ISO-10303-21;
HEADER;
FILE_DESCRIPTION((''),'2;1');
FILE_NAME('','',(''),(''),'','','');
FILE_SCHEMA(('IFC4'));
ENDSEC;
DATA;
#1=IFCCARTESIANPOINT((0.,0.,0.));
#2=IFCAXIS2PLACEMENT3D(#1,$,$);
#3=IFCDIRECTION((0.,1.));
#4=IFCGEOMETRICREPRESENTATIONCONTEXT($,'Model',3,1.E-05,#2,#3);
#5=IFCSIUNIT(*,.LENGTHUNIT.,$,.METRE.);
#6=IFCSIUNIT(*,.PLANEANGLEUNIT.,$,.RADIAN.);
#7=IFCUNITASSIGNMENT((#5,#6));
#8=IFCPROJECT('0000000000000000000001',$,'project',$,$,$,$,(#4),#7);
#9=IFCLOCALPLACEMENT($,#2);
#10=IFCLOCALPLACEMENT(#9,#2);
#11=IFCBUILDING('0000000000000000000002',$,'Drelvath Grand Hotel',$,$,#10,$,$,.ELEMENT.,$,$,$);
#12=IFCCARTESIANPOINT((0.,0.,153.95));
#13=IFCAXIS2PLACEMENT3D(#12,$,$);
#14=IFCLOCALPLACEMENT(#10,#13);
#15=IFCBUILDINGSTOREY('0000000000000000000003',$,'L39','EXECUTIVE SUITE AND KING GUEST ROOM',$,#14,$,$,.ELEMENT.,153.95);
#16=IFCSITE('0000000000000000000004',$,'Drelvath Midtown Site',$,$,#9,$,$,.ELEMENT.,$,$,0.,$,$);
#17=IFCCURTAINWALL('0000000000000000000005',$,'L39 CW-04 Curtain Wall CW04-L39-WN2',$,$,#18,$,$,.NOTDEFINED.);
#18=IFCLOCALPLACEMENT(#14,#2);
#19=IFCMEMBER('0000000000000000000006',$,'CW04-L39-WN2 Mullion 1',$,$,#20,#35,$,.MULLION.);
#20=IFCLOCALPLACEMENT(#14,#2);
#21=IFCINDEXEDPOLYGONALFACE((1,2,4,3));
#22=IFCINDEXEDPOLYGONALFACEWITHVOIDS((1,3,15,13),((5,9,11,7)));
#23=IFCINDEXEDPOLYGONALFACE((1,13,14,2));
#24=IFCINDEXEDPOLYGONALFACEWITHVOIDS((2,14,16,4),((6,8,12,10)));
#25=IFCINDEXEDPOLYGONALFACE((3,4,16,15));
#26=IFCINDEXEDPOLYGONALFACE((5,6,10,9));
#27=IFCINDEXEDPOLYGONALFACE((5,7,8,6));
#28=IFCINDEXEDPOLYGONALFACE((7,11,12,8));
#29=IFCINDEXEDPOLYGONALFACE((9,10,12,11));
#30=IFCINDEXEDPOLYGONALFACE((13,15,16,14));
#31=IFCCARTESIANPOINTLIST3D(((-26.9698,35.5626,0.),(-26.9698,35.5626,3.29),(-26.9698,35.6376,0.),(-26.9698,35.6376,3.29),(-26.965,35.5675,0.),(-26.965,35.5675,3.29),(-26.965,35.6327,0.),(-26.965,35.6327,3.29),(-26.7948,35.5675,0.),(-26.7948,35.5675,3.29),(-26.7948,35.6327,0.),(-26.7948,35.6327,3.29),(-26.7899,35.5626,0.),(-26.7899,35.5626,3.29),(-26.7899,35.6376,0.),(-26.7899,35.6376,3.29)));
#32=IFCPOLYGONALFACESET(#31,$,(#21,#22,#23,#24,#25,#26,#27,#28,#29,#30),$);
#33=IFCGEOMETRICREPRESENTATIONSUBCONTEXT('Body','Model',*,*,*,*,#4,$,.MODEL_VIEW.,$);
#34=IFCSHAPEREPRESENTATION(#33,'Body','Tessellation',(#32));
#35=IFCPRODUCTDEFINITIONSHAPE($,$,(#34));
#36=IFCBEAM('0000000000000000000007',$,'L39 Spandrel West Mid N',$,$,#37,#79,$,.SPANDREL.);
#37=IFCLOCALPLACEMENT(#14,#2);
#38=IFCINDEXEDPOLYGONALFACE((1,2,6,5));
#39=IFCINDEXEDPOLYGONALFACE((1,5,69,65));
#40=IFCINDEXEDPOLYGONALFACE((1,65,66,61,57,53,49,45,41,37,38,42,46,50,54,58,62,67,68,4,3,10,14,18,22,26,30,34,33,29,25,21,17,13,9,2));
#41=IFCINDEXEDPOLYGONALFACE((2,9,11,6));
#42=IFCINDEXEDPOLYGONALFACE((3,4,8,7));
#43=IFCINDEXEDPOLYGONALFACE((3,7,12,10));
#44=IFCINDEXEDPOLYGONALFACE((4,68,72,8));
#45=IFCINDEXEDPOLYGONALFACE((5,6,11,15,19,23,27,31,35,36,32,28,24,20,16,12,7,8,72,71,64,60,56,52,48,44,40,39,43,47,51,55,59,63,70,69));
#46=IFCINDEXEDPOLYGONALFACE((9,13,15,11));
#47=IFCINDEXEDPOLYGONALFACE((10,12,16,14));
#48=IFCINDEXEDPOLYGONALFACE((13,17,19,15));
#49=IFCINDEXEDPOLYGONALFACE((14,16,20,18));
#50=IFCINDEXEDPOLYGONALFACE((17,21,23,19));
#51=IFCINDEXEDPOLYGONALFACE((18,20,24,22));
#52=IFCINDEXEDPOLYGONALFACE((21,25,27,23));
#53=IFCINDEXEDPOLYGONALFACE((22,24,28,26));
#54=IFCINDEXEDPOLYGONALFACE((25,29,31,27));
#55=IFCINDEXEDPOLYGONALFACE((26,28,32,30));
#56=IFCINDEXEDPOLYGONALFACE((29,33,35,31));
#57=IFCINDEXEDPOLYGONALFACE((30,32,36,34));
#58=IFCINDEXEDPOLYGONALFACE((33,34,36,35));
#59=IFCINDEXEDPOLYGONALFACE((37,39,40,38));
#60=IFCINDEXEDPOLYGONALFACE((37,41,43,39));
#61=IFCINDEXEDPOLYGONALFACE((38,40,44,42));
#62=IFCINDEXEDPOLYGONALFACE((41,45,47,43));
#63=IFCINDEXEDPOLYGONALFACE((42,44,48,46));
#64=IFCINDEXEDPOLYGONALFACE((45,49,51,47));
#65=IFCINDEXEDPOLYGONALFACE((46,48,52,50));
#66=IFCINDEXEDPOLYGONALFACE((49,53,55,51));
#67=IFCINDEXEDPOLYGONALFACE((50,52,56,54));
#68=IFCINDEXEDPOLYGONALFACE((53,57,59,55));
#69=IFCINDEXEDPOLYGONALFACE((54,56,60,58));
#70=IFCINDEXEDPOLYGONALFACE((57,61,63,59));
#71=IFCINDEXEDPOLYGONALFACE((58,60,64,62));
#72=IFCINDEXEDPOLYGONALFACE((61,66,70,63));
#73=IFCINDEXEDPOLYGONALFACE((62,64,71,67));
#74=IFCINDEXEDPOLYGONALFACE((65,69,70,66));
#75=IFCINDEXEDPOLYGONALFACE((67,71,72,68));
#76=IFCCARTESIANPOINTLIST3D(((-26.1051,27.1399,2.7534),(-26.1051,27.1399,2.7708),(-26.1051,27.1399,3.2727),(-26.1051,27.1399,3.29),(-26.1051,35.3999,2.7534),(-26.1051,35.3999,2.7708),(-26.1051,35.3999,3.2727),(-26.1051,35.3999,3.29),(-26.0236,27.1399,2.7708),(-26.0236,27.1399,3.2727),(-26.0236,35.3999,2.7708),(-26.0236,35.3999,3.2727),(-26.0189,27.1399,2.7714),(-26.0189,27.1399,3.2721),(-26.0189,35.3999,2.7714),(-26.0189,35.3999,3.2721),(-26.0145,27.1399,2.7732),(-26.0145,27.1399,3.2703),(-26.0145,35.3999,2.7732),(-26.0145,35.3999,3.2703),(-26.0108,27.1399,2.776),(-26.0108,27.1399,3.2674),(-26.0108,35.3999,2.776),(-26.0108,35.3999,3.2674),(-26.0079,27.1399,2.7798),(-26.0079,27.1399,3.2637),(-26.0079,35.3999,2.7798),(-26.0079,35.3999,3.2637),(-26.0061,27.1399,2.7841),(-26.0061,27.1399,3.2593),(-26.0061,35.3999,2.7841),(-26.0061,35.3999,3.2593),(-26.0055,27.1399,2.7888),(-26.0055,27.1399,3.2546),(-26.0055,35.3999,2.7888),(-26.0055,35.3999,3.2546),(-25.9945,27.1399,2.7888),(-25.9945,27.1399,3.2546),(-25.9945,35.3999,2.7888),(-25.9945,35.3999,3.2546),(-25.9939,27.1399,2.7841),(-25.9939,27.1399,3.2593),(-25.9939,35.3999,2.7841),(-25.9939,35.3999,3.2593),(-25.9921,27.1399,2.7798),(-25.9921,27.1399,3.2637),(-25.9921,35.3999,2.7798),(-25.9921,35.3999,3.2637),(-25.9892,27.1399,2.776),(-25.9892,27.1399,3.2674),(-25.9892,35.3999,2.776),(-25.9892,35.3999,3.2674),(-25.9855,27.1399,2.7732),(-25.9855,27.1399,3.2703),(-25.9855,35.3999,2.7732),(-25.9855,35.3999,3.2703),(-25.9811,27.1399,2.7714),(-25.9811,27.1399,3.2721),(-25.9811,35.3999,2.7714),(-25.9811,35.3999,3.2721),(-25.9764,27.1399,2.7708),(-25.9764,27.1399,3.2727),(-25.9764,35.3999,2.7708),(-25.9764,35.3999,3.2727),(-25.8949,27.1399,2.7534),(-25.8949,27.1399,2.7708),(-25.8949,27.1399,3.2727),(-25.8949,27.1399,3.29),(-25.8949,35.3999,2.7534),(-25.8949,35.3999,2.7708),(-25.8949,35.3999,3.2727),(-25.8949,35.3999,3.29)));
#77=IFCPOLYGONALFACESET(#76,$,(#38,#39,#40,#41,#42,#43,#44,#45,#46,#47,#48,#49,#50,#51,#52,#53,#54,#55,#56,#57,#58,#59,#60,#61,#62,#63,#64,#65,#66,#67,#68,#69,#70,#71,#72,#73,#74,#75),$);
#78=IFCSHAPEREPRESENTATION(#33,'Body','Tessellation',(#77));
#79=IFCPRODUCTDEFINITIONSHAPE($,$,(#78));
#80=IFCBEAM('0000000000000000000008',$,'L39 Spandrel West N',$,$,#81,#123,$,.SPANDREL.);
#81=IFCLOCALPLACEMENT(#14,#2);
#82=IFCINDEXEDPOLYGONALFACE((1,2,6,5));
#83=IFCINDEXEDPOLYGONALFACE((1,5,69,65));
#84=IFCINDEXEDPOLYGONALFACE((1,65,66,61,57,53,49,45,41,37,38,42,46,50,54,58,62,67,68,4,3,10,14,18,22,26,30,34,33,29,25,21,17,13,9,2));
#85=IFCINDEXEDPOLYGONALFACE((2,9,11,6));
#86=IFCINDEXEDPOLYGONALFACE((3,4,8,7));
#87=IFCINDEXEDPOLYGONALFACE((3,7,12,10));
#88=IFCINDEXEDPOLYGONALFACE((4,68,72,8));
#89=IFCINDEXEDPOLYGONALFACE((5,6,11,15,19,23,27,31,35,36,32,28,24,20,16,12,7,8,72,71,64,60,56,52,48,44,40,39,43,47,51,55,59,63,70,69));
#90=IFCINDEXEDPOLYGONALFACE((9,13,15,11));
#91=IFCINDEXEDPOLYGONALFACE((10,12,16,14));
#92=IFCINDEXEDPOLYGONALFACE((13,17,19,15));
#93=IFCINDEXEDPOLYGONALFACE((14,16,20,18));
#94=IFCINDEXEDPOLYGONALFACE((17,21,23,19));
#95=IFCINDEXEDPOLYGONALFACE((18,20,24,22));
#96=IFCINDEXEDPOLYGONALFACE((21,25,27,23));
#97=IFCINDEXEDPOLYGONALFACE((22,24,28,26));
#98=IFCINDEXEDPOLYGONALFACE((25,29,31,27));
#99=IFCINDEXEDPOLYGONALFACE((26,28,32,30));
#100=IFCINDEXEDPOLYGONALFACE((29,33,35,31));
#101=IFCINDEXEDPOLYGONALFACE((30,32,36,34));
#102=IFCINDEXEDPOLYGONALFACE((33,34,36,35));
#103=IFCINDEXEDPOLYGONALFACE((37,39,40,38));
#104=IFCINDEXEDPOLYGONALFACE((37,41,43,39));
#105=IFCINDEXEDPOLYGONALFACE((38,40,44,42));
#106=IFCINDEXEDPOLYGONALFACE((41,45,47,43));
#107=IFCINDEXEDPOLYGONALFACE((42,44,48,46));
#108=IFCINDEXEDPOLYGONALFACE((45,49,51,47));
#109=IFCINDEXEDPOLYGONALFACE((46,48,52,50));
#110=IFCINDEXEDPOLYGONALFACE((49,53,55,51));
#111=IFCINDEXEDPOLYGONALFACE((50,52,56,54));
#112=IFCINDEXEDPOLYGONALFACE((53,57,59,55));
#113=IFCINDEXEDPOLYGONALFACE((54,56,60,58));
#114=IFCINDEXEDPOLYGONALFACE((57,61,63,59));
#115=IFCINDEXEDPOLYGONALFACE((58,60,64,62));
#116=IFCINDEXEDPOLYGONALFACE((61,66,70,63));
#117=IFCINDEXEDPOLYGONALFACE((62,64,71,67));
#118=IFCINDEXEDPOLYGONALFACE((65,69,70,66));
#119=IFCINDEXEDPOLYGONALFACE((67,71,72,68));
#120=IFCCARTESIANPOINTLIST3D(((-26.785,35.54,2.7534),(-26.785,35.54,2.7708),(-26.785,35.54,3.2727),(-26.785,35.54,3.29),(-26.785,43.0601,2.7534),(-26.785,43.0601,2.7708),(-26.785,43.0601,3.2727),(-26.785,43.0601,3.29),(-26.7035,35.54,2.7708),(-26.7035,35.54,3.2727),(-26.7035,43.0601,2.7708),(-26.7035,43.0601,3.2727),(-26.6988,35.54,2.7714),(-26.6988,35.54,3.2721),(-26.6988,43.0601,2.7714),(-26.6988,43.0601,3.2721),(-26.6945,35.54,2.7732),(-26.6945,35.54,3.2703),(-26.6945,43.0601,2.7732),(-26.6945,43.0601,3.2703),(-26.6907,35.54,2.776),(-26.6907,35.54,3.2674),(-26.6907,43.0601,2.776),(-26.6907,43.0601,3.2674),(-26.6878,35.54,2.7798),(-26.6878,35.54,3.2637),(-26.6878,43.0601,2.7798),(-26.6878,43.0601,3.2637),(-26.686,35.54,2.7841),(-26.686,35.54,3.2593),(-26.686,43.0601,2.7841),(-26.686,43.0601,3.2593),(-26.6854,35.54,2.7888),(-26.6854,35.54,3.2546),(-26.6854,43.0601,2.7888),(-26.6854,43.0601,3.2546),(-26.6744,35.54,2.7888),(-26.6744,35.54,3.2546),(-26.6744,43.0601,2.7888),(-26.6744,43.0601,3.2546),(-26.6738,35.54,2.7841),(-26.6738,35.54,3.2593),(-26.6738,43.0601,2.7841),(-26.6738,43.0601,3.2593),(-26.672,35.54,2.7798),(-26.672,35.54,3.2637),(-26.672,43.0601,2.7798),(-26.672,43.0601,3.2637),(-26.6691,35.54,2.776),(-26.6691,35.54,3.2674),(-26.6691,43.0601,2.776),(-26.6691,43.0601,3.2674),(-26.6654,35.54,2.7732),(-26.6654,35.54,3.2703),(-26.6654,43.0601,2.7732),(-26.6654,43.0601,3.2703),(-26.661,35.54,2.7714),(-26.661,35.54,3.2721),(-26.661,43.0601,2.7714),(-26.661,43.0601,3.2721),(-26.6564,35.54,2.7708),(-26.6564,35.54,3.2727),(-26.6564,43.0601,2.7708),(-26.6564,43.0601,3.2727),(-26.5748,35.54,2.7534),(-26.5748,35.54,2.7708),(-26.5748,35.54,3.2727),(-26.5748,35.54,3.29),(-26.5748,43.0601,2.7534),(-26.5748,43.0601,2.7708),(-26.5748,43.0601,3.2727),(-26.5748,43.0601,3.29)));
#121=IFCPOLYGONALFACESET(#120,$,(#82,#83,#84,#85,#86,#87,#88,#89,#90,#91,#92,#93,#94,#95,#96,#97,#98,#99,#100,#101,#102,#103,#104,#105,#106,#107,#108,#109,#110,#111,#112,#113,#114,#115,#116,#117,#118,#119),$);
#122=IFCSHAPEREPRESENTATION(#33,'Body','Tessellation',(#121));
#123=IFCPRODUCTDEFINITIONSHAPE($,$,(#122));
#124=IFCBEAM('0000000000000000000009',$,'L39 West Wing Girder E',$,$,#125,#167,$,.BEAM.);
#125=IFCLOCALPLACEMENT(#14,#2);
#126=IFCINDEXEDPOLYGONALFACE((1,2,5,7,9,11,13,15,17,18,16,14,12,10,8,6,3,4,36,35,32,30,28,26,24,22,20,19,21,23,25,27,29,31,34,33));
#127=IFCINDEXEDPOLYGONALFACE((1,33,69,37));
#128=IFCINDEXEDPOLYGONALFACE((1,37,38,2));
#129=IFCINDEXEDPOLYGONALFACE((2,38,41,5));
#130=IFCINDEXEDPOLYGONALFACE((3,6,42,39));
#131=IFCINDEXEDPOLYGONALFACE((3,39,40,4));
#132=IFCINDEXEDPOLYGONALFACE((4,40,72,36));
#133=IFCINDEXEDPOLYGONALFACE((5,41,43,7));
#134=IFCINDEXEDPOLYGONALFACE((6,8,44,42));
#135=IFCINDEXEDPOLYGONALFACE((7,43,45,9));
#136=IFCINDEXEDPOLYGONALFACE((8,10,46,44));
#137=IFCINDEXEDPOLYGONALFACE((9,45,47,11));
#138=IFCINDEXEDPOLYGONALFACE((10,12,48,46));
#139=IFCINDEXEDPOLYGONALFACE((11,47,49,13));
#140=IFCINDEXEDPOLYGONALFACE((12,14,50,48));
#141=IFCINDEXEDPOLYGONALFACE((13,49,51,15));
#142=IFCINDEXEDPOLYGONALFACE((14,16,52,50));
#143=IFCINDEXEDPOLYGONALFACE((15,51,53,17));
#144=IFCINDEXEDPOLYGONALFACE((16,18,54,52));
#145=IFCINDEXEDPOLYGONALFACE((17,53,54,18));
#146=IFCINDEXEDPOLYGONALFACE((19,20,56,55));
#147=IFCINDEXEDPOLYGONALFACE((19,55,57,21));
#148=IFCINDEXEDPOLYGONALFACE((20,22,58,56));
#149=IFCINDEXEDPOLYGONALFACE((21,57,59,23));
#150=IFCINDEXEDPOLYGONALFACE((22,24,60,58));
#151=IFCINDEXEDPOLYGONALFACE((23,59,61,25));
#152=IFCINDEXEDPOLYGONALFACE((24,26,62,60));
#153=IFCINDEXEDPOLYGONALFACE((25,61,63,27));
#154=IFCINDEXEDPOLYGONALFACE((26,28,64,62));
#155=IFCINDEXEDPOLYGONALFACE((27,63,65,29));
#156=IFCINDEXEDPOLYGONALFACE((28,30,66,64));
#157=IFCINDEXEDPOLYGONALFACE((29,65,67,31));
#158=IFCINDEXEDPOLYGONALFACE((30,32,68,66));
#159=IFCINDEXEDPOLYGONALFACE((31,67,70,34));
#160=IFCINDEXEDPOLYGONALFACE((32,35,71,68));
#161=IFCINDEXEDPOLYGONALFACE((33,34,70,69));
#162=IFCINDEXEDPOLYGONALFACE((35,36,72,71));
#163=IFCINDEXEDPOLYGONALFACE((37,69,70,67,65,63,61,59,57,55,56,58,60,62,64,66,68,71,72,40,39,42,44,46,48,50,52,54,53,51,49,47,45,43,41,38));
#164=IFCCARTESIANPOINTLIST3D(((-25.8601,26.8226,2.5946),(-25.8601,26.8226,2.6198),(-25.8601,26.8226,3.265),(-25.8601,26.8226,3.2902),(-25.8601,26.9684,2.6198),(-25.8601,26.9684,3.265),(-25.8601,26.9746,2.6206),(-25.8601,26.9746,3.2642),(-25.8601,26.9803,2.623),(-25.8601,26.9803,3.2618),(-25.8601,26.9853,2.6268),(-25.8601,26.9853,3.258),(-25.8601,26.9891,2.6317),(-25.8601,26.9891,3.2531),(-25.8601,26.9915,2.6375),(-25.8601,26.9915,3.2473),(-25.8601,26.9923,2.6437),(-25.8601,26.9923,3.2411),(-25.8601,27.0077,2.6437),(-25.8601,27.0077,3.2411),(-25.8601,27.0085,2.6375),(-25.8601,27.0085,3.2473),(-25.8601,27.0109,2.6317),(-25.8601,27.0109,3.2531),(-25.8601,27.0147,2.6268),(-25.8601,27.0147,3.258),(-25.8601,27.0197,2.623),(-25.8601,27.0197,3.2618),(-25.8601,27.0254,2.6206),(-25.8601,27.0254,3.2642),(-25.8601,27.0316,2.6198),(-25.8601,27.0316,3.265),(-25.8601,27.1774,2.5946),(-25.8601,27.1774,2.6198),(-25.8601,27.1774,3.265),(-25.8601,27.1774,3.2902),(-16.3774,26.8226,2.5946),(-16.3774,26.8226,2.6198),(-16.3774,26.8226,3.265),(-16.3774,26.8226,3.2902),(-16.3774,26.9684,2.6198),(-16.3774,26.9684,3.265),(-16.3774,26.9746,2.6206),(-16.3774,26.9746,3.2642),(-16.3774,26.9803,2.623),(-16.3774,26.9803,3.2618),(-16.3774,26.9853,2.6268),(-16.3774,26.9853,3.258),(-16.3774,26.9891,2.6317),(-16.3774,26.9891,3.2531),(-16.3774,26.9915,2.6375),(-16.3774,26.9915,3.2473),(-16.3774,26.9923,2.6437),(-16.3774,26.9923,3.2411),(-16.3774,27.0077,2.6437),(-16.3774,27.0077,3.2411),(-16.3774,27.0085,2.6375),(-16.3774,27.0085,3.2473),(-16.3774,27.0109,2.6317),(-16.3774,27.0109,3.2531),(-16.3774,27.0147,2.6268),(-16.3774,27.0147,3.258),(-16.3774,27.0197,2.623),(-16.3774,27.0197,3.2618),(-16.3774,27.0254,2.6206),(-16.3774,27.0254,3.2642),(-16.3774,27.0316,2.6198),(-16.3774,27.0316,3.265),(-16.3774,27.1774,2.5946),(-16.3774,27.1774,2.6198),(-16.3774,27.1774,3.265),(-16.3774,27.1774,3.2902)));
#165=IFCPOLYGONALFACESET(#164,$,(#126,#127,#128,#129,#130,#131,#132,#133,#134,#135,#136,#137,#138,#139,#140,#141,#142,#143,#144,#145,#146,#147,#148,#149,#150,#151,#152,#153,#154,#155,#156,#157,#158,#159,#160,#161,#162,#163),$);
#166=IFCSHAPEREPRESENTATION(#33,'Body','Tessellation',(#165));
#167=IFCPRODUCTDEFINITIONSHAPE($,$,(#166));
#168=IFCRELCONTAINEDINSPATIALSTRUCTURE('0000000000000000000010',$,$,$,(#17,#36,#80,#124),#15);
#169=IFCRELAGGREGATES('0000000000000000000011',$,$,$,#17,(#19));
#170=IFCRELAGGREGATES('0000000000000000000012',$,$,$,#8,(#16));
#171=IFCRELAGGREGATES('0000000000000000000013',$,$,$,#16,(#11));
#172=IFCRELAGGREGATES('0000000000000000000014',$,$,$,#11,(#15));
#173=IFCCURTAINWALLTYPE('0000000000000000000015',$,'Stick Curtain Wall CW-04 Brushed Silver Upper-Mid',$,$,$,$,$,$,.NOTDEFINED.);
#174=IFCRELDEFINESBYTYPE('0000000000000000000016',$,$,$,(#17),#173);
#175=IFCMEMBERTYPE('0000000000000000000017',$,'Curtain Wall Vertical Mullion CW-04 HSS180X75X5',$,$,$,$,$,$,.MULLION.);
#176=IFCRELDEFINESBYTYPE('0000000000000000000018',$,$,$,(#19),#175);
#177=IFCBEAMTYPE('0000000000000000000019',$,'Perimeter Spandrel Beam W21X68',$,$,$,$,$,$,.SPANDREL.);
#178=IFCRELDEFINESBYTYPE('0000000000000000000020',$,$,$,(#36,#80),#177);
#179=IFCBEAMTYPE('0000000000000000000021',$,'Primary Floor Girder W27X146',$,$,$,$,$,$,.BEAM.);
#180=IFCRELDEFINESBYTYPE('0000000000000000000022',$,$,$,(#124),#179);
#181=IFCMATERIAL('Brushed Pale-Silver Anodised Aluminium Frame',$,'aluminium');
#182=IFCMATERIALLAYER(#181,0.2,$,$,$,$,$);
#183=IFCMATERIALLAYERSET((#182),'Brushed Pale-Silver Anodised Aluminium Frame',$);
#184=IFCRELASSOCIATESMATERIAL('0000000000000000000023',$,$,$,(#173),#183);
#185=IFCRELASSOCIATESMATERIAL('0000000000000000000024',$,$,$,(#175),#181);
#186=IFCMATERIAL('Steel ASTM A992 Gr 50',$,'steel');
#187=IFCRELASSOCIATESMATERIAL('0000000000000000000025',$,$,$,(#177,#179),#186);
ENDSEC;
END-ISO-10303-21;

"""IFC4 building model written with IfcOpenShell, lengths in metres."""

from ifc_helpers import new_model, si_unit, direction, frame, origin, origin_2d, place, context, subcontext, project, spatial, hollow_rectangle, i_section, extrude, material, layer, layer_set, material_profile, profile_set, type_object, element, aggregate, save


model = new_model("IFC4")

# Units and contexts
model_context = context("Model", 3, precision=1e-05, world=origin(), true_north=direction((0.0, 1.0)))
body_context = subcontext(model_context, "Body", "Model", "MODEL_VIEW")
ifc_project = project(units=[si_unit("LENGTHUNIT", "METRE"), si_unit("PLANEANGLEUNIT", "RADIAN")], contexts=[model_context])

# Site, building, storey
site_placement = place(None, origin())
site = spatial("IfcSite", under=ifc_project, at=site_placement, Name="Drelvath Midtown Site", CompositionType="ELEMENT", RefElevation=0.0)
building_placement = place(site_placement, origin())
building = spatial("IfcBuilding", under=site, at=building_placement, Name="Drelvath Grand Hotel", CompositionType="ELEMENT")
storey_placement = place(building_placement, frame((0.0, 0.0, 153.95)))
storey = spatial("IfcBuildingStorey", under=building, at=storey_placement, Name="L39", Description="EXECUTIVE SUITE AND KING GUEST ROOM", CompositionType="ELEMENT", Elevation=153.95)

# Curtain wall
ifc_material_1 = material(Name="Brushed Pale-Silver Anodised Aluminium Frame", Category="aluminium")
ifc_layer_1 = layer(ifc_material_1, 0.2)
ifc_layer_set_1 = layer_set([ifc_layer_1], Name="Brushed Pale-Silver Anodised Aluminium Frame")
curtain_wall_type = type_object("IfcCurtainWallType", Name="Stick Curtain Wall CW-04 Brushed Silver Upper-Mid", PredefinedType="NOTDEFINED", material=ifc_layer_set_1)
curtain_wall_1_placement = place(storey_placement, origin())
curtain_wall_1 = element("IfcCurtainWall", 1, at=curtain_wall_1_placement, inside=storey, type_object=curtain_wall_type, Name="L39 CW-04 Curtain Wall CW04-L39-WN2", PredefinedType="NOTDEFINED")

# Member
ifc_material_profile_1 = material_profile(ifc_material_1, hollow_rectangle(XDim=0.075, YDim=0.1799, WallThickness=0.0049, at=origin_2d()), Name="HSS180X75X5")
ifc_profile_set_1 = profile_set([ifc_material_profile_1], Name="Brushed Pale-Silver Anodised Aluminium Frame")
member_type_1 = type_object("IfcMemberType", Name="Curtain Wall Vertical Mullion CW-04 HSS180X75X5", PredefinedType="MULLION", material=ifc_profile_set_1)
member_1_placement = place(storey_placement, frame((-26.8799, 35.6001, 0.0), z_axis=(0.0, 0.0, 1.0), x_axis=(0.0, 1.0, 0.0)))
member_1 = element("IfcMember", 2, at=member_1_placement, type_object=member_type_1, Name="CW04-L39-WN2 Mullion 1", PredefinedType="MULLION", context=body_context, shape_type="SweptSolid", body=[
    extrude(hollow_rectangle(XDim=0.075, YDim=0.1799, WallThickness=0.0049, at=origin_2d()), origin(), (0.0, 0.0, 1.0), 3.29),
])
aggregate(curtain_wall_1, [member_1])

# Beams
ifc_material_2 = material(Name="Steel ASTM A992 Gr 50", Category="steel")
ifc_material_profile_2 = material_profile(ifc_material_2, i_section(OverallWidth=0.2102, OverallDepth=0.5366, WebThickness=0.011, FlangeThickness=0.0173, FilletRadius=0.0181, at=origin_2d()), Name="W21X68")
ifc_profile_set_2 = profile_set([ifc_material_profile_2], Name="Steel ASTM A992 Gr 50")
beam_type_1 = type_object("IfcBeamType", Name="Perimeter Spandrel Beam W21X68", PredefinedType="SPANDREL", material=ifc_profile_set_2)
beam_1_placement = place(storey_placement, frame((-26.0, 27.1399, 3.0217), z_axis=(0.0, 1.0, 0.0), x_axis=(-1.0, 0.0, 0.0)))
element("IfcBeam", 3, at=beam_1_placement, inside=storey, type_object=beam_type_1, Name="L39 Spandrel West Mid N", PredefinedType="SPANDREL", context=body_context, shape_type="SweptSolid", body=[
    extrude(i_section(OverallWidth=0.2102, OverallDepth=0.5366, WebThickness=0.011, FlangeThickness=0.0173, FilletRadius=0.0181, at=origin_2d()), origin(), (0.0, 0.0, 1.0), 8.26),
])
beam_2_placement = place(storey_placement, frame((-26.6799, 35.54, 3.0217), z_axis=(0.0, 1.0, 0.0), x_axis=(-1.0, 0.0, 0.0)))
element("IfcBeam", 4, at=beam_2_placement, inside=storey, type_object=beam_type_1, Name="L39 Spandrel West N", PredefinedType="SPANDREL", context=body_context, shape_type="SweptSolid", body=[
    extrude(i_section(OverallWidth=0.2102, OverallDepth=0.5366, WebThickness=0.011, FlangeThickness=0.0173, FilletRadius=0.0181, at=origin_2d()), origin(), (0.0, 0.0, 1.0), 7.52),
])
ifc_material_profile_3 = material_profile(ifc_material_2, i_section(OverallWidth=0.3547, OverallDepth=0.6956, WebThickness=0.0154, FlangeThickness=0.0251, FilletRadius=0.0239, at=origin_2d()), Name="W27X146")
ifc_profile_set_3 = profile_set([ifc_material_profile_3], Name="Steel ASTM A992 Gr 50")
beam_type_2 = type_object("IfcBeamType", Name="Primary Floor Girder W27X146", PredefinedType="BEAM", material=ifc_profile_set_3)
beam_3_placement = place(storey_placement, frame((-25.8601, 27.0, 2.9424), z_axis=(1.0, 0.0, 0.0), x_axis=(0.0, 1.0, 0.0)))
element("IfcBeam", 5, at=beam_3_placement, inside=storey, type_object=beam_type_2, Name="L39 West Wing Girder E", PredefinedType="BEAM", context=body_context, shape_type="SweptSolid", body=[
    extrude(i_section(OverallWidth=0.3547, OverallDepth=0.6956, WebThickness=0.0154, FlangeThickness=0.0251, FilletRadius=0.0239, at=origin_2d()), origin(), (0.0, 0.0, 1.0), 9.4827),
])

save(model, "model.ifc")
